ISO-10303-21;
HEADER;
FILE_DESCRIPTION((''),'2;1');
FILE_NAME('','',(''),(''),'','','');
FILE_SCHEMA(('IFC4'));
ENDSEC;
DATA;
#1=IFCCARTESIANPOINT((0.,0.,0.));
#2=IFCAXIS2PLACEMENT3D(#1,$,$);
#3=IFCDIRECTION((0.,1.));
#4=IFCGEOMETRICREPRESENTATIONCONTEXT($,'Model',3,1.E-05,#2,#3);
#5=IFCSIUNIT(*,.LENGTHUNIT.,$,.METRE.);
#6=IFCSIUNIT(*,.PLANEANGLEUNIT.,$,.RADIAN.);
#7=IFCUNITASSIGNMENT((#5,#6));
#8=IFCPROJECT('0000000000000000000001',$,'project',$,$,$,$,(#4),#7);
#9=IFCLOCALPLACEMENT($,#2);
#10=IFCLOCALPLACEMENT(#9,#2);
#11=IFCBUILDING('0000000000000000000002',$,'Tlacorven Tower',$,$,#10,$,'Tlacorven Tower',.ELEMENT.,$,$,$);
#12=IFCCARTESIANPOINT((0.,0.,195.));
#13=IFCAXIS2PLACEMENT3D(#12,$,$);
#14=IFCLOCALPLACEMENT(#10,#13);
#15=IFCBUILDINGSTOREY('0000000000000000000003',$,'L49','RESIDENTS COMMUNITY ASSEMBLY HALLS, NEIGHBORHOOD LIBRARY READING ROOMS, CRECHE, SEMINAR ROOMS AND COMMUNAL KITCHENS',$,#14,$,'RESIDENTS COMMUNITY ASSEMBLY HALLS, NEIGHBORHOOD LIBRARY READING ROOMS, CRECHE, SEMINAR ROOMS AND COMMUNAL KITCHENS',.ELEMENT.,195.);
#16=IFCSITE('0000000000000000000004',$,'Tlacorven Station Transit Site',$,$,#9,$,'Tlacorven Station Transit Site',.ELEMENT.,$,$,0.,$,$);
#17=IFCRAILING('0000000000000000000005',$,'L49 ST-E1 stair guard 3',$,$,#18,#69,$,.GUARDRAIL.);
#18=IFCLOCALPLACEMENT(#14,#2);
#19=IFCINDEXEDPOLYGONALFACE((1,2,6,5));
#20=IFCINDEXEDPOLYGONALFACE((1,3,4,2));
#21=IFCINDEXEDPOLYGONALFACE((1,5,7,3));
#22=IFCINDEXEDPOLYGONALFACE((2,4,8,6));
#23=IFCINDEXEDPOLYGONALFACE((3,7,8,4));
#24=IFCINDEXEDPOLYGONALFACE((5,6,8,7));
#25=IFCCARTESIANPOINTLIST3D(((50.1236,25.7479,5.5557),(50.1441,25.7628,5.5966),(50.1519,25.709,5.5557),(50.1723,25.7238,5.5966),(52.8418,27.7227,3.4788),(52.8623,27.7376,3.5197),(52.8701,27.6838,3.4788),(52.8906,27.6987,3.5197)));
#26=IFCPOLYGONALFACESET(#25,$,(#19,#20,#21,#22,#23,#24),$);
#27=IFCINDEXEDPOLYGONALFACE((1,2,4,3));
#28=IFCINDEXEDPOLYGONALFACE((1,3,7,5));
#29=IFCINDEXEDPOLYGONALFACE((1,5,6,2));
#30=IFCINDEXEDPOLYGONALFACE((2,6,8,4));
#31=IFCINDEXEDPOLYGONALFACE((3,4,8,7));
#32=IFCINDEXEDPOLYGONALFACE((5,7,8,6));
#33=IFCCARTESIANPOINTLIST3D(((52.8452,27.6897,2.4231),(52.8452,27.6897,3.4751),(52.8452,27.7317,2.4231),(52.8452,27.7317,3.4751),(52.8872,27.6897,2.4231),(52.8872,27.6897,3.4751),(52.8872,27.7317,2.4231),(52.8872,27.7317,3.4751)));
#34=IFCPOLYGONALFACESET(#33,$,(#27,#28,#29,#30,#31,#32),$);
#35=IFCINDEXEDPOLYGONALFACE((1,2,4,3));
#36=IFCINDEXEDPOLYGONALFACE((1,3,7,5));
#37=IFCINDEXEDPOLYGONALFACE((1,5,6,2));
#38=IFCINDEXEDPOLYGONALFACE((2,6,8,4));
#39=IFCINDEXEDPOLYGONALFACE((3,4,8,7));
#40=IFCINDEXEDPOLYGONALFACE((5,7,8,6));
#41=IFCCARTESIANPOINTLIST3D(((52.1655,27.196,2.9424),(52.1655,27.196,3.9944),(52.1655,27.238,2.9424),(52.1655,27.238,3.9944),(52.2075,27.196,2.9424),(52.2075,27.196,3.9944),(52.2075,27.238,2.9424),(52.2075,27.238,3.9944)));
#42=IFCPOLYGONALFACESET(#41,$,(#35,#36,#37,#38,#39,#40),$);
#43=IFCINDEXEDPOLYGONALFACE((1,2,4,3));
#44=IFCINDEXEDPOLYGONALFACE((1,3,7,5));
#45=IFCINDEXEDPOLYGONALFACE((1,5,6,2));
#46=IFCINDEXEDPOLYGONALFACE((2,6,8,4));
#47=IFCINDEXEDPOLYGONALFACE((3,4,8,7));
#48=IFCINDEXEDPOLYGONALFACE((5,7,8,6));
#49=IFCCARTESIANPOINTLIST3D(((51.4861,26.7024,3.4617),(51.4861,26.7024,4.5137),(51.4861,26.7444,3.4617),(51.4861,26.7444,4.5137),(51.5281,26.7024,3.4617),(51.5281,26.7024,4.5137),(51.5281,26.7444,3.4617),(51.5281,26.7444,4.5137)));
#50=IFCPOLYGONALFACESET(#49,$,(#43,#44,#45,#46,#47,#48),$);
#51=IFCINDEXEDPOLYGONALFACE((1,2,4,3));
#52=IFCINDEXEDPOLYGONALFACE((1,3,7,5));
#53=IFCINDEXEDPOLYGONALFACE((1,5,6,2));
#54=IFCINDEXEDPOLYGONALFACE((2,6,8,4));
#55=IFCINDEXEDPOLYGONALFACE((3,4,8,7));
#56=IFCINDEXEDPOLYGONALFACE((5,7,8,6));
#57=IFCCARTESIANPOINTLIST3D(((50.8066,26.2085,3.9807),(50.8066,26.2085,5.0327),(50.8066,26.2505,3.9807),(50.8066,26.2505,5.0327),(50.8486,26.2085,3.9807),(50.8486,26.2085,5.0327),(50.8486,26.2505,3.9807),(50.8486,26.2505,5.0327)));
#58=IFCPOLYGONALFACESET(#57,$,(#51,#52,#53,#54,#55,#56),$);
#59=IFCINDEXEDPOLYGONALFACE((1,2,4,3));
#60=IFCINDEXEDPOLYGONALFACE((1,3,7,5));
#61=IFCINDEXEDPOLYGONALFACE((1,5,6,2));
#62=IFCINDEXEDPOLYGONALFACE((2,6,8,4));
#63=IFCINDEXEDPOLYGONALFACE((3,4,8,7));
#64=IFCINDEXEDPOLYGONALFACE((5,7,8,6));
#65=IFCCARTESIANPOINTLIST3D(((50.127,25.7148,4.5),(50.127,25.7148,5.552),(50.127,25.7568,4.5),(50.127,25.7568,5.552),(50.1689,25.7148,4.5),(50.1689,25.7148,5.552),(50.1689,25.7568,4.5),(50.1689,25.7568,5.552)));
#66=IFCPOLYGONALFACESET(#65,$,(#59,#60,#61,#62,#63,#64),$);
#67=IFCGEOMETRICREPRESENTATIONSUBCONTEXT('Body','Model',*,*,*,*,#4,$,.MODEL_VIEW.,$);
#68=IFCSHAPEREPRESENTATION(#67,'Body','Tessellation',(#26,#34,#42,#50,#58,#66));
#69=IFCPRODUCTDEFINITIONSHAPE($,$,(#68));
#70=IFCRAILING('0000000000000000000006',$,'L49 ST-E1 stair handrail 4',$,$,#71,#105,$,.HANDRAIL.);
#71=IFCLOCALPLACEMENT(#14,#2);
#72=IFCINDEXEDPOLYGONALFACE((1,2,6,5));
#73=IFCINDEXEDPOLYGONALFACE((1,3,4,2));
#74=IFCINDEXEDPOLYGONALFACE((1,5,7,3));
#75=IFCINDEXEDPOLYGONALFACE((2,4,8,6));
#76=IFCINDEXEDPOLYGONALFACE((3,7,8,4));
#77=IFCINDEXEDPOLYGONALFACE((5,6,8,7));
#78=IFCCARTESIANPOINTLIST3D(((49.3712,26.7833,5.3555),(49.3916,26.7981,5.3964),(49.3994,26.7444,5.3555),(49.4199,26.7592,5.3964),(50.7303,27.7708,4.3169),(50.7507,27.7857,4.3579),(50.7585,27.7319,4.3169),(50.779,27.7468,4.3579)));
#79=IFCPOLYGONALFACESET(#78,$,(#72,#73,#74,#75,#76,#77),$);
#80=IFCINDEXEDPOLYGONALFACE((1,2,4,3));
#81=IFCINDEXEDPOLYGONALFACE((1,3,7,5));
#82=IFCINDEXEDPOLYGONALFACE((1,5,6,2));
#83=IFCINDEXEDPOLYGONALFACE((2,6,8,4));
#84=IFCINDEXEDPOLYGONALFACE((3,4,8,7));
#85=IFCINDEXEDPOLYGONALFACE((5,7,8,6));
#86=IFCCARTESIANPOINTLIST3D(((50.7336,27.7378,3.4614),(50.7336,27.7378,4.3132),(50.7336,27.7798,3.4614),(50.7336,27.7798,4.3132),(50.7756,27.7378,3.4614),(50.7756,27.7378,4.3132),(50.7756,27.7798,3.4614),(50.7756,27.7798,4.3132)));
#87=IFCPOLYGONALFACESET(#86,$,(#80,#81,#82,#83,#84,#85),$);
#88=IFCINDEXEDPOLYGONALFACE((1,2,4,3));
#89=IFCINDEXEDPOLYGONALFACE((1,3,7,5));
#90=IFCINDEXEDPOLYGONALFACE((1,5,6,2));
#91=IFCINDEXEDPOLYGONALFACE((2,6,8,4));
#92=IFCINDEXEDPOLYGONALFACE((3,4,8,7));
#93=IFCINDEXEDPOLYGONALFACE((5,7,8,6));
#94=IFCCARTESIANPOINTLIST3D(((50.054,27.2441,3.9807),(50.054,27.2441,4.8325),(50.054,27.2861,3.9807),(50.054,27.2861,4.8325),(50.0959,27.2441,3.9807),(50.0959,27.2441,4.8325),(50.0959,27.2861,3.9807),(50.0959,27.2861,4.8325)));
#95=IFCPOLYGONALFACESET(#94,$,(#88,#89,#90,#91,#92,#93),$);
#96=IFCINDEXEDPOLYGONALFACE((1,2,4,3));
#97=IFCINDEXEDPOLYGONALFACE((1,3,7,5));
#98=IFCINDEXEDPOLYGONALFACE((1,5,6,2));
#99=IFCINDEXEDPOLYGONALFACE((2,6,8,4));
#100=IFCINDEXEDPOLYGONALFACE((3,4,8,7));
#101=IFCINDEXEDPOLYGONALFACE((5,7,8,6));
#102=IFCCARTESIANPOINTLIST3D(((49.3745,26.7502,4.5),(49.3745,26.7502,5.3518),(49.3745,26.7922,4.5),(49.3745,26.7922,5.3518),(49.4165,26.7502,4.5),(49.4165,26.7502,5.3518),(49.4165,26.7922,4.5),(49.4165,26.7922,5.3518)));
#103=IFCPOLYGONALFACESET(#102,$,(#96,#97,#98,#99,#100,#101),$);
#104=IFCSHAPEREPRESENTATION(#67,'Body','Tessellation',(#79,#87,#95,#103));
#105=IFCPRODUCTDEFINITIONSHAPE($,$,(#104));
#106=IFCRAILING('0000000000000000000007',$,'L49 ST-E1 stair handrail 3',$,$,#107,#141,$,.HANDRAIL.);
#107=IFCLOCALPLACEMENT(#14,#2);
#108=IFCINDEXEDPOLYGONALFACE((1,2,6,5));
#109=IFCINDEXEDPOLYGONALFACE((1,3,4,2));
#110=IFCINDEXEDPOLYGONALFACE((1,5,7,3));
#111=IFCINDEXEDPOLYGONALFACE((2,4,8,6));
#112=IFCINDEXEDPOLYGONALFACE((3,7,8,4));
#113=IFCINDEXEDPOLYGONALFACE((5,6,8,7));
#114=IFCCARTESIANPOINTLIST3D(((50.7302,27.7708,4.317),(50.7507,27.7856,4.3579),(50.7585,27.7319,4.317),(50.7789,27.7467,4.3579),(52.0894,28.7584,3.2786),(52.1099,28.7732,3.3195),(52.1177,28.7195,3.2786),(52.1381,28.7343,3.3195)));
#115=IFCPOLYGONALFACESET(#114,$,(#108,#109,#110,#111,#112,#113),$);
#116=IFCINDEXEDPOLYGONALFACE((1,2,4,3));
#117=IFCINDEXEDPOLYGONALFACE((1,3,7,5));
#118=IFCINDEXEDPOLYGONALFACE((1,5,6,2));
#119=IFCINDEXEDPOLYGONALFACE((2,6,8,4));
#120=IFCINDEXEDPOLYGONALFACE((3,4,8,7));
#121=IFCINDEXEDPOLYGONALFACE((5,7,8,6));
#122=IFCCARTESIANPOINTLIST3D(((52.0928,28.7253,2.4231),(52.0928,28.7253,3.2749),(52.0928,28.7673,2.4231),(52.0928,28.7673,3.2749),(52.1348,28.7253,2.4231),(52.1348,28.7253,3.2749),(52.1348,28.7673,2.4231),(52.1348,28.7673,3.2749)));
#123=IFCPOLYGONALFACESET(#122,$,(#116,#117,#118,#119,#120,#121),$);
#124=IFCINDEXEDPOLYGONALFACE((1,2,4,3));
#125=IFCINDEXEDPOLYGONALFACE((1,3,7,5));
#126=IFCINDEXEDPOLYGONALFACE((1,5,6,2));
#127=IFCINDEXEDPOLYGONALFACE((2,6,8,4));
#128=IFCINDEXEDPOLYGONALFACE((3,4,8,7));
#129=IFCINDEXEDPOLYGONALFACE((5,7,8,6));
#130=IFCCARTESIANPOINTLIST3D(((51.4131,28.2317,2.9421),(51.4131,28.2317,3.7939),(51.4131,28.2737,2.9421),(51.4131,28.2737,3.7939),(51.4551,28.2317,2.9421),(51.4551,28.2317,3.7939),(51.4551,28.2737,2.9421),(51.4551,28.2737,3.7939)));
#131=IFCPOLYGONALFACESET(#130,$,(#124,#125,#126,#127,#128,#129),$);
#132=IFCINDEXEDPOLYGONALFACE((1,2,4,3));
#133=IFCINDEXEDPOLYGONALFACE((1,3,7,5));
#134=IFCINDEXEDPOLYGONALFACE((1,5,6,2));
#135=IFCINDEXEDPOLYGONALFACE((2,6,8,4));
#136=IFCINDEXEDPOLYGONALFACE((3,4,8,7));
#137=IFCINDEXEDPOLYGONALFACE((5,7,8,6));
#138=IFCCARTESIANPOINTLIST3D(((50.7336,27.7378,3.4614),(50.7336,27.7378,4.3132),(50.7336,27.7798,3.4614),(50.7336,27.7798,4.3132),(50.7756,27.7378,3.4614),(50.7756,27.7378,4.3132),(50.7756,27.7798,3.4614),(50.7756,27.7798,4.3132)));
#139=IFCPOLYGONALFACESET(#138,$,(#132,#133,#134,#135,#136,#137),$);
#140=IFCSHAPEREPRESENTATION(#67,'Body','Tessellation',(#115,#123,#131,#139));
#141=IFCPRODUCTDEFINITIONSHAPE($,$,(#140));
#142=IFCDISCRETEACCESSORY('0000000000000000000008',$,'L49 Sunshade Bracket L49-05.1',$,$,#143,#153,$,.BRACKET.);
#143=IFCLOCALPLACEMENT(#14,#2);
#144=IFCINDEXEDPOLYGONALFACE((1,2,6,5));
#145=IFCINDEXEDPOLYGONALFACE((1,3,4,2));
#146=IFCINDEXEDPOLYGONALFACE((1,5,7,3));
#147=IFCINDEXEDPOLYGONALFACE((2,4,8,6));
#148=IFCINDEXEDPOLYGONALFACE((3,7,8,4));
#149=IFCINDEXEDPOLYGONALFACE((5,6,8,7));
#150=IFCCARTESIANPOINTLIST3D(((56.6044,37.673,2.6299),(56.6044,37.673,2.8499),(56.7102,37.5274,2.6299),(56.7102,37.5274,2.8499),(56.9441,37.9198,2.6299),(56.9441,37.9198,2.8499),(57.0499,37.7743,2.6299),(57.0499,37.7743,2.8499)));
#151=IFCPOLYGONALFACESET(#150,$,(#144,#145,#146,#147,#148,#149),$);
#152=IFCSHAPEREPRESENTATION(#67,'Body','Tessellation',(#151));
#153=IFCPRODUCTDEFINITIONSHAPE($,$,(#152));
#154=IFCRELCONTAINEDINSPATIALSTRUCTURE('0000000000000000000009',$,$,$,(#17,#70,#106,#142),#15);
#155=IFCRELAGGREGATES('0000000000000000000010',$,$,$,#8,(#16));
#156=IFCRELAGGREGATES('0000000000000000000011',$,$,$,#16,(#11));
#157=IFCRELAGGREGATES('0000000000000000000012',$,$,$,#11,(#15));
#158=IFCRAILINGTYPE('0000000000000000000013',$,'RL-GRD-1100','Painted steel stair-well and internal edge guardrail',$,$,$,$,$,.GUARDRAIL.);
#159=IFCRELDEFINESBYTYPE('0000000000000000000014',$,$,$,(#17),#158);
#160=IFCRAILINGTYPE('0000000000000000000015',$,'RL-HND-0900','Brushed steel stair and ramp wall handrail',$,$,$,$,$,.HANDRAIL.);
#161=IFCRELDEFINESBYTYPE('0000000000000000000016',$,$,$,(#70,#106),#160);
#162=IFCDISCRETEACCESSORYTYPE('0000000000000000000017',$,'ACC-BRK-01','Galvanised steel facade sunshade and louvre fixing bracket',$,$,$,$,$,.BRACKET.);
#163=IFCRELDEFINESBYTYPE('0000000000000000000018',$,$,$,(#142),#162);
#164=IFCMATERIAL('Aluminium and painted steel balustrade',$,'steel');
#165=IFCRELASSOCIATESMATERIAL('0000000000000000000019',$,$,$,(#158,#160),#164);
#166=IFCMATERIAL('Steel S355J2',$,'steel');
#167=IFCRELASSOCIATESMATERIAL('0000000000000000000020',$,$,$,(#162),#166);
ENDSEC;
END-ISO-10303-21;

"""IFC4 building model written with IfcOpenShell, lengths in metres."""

from ifc_helpers import new_model, si_unit, direction, frame, origin, origin_2d, place, context, subcontext, project, spatial, rectangle, extrude, source, transform, mapped, material, type_object, element, save


model = new_model("IFC4")

# Units and contexts
model_context = context("Model", 3, precision=1e-05, world=origin(), true_north=direction((0.0, 1.0)))
body_context = subcontext(model_context, "Body", "Model", "MODEL_VIEW")
ifc_project = project(units=[si_unit("LENGTHUNIT", "METRE"), si_unit("PLANEANGLEUNIT", "RADIAN")], contexts=[model_context])

# Site, building, storey
site_placement = place(None, origin())
site = spatial("IfcSite", under=ifc_project, at=site_placement, Name="Tlacorven Station Transit Site", LongName="Tlacorven Station Transit Site", CompositionType="ELEMENT", RefElevation=0.0)
building_placement = place(site_placement, origin())
building = spatial("IfcBuilding", under=site, at=building_placement, Name="Tlacorven Tower", LongName="Tlacorven Tower", CompositionType="ELEMENT")
storey_placement = place(building_placement, frame((0.0, 0.0, 195.0)))
storey = spatial("IfcBuildingStorey", under=building, at=storey_placement, Name="L49", Description="RESIDENTS COMMUNITY ASSEMBLY HALLS, NEIGHBORHOOD LIBRARY READING ROOMS, CRECHE, SEMINAR ROOMS AND COMMUNAL KITCHENS", LongName="RESIDENTS COMMUNITY ASSEMBLY HALLS, NEIGHBORHOOD LIBRARY READING ROOMS, CRECHE, SEMINAR ROOMS AND COMMUNAL KITCHENS", CompositionType="ELEMENT", Elevation=195.0)

# Shared definitions
ifc_material_1 = material(Name="Steel S355J2", Category="steel")

# Shared definitions
ifc_material_2 = material(Name="Aluminium and painted steel balustrade", Category="steel")

# Railings
railing_type_1 = type_object("IfcRailingType", Name="RL-GRD-1100", Description="Painted steel stair-well and internal edge guardrail", PredefinedType="GUARDRAIL", material=ifc_material_2)
shared_shape_1 = source(origin(), body_context, "Body", "SweptSolid", [
    extrude(rectangle(XDim=0.0481, YDim=0.0481, at=origin_2d()), frame((0.0, 0.0, 1.0762), z_axis=(-0.688167, -0.499963, 0.525798), x_axis=(0.58777, -0.809028, 0.0)), (0.0, 0.0, 1.0), 3.95),
    extrude(rectangle(XDim=0.042, YDim=0.042, at=origin_2d()), origin(), (0.0, 0.0, 1.0), 1.052),
    extrude(rectangle(XDim=0.042, YDim=0.042, at=origin_2d()), frame((-0.6797, -0.4937, 0.5193)), (0.0, 0.0, 1.0), 1.052),
    extrude(rectangle(XDim=0.042, YDim=0.042, at=origin_2d()), frame((-1.3591, -0.9873, 1.0386)), (0.0, 0.0, 1.0), 1.052),
    extrude(rectangle(XDim=0.042, YDim=0.042, at=origin_2d()), frame((-2.0386, -1.4812, 1.5576)), (0.0, 0.0, 1.0), 1.052),
    extrude(rectangle(XDim=0.042, YDim=0.042, at=origin_2d()), frame((-2.7183, -1.9749, 2.0769)), (0.0, 0.0, 1.0), 1.052),
])
railing_1_placement = place(storey_placement, frame((52.8662, 27.7107, 2.4231)))
element("IfcRailing", 1, at=railing_1_placement, inside=storey, type_object=railing_type_1, Name="L49 ST-E1 stair guard 3", PredefinedType="GUARDRAIL", context=body_context, shape_type="MappedRepresentation", body=[
    mapped(shared_shape_1, transform((0.0, 0.0, 0.0), scale=1.0)),
])
railing_type_2 = type_object("IfcRailingType", Name="RL-HND-0900", Description="Brushed steel stair and ramp wall handrail", PredefinedType="HANDRAIL", material=ifc_material_2)
shared_shape_2 = source(origin(), body_context, "Body", "SweptSolid", [
    extrude(rectangle(XDim=0.0481, YDim=0.0481, at=origin_2d()), frame((0.0, 0.0, 0.876), z_axis=(-0.688123, -0.499993, 0.525827), x_axis=(0.587817, -0.808994, 0.0)), (0.0, 0.0, 1.0), 1.9751),
    extrude(rectangle(XDim=0.042, YDim=0.042, at=origin_2d()), origin(), (0.0, 0.0, 1.0), 0.8518),
    extrude(rectangle(XDim=0.042, YDim=0.042, at=origin_2d()), frame((-0.6797, -0.4937, 0.5193)), (0.0, 0.0, 1.0), 0.8518),
    extrude(rectangle(XDim=0.042, YDim=0.042, at=origin_2d()), frame((-1.3591, -0.9875, 1.0386)), (0.0, 0.0, 1.0), 0.8518),
])
railing_2_placement = place(storey_placement, frame((50.7546, 27.7588, 3.4614)))
element("IfcRailing", 2, at=railing_2_placement, inside=storey, type_object=railing_type_2, Name="L49 ST-E1 stair handrail 4", PredefinedType="HANDRAIL", context=body_context, shape_type="MappedRepresentation", body=[
    mapped(shared_shape_2, transform((0.0, 0.0, 0.0), scale=1.0)),
])
shared_shape_3 = source(origin(), body_context, "Body", "SweptSolid", [
    extrude(rectangle(XDim=0.0481, YDim=0.0481, at=origin_2d()), frame((0.0, 0.0, 0.876), z_axis=(-0.688168, -0.500025, 0.525737), x_axis=(0.587817, -0.808994, 0.0)), (0.0, 0.0, 1.0), 1.9751),
    extrude(rectangle(XDim=0.042, YDim=0.042, at=origin_2d()), origin(), (0.0, 0.0, 1.0), 0.8518),
    extrude(rectangle(XDim=0.042, YDim=0.042, at=origin_2d()), frame((-0.6797, -0.4937, 0.519)), (0.0, 0.0, 1.0), 0.8518),
    extrude(rectangle(XDim=0.042, YDim=0.042, at=origin_2d()), frame((-1.3591, -0.9875, 1.0383)), (0.0, 0.0, 1.0), 0.8518),
])
railing_3_placement = place(storey_placement, frame((52.1138, 28.7463, 2.4231)))
element("IfcRailing", 3, at=railing_3_placement, inside=storey, type_object=railing_type_2, Name="L49 ST-E1 stair handrail 3", PredefinedType="HANDRAIL", context=body_context, shape_type="MappedRepresentation", body=[
    mapped(shared_shape_3, transform((0.0, 0.0, 0.0), scale=1.0)),
])

# Discrete accessory
discrete_accessory_type = type_object("IfcDiscreteAccessoryType", Name="ACC-BRK-01", Description="Galvanised steel facade sunshade and louvre fixing bracket", PredefinedType="BRACKET", material=ifc_material_1)
shared_shape_4 = source(origin(), body_context, "Body", "SweptSolid", [
    extrude(rectangle(XDim=0.1799, YDim=0.4199, at=origin_2d()), origin(), (0.0, 0.0, 1.0), 0.22),
])
discrete_accessory_placement = place(storey_placement, frame((56.8271, 37.7236, 2.6299), z_axis=(0.0, 0.0, 1.0), x_axis=(0.587785, -0.809017, 0.0)))
element("IfcDiscreteAccessory", 4, at=discrete_accessory_placement, inside=storey, type_object=discrete_accessory_type, Name="L49 Sunshade Bracket L49-05.1", PredefinedType="BRACKET", context=body_context, shape_type="MappedRepresentation", body=[
    mapped(shared_shape_4, transform((0.0, 0.0, 0.0), scale=1.0)),
])

save(model, "model.ifc")
